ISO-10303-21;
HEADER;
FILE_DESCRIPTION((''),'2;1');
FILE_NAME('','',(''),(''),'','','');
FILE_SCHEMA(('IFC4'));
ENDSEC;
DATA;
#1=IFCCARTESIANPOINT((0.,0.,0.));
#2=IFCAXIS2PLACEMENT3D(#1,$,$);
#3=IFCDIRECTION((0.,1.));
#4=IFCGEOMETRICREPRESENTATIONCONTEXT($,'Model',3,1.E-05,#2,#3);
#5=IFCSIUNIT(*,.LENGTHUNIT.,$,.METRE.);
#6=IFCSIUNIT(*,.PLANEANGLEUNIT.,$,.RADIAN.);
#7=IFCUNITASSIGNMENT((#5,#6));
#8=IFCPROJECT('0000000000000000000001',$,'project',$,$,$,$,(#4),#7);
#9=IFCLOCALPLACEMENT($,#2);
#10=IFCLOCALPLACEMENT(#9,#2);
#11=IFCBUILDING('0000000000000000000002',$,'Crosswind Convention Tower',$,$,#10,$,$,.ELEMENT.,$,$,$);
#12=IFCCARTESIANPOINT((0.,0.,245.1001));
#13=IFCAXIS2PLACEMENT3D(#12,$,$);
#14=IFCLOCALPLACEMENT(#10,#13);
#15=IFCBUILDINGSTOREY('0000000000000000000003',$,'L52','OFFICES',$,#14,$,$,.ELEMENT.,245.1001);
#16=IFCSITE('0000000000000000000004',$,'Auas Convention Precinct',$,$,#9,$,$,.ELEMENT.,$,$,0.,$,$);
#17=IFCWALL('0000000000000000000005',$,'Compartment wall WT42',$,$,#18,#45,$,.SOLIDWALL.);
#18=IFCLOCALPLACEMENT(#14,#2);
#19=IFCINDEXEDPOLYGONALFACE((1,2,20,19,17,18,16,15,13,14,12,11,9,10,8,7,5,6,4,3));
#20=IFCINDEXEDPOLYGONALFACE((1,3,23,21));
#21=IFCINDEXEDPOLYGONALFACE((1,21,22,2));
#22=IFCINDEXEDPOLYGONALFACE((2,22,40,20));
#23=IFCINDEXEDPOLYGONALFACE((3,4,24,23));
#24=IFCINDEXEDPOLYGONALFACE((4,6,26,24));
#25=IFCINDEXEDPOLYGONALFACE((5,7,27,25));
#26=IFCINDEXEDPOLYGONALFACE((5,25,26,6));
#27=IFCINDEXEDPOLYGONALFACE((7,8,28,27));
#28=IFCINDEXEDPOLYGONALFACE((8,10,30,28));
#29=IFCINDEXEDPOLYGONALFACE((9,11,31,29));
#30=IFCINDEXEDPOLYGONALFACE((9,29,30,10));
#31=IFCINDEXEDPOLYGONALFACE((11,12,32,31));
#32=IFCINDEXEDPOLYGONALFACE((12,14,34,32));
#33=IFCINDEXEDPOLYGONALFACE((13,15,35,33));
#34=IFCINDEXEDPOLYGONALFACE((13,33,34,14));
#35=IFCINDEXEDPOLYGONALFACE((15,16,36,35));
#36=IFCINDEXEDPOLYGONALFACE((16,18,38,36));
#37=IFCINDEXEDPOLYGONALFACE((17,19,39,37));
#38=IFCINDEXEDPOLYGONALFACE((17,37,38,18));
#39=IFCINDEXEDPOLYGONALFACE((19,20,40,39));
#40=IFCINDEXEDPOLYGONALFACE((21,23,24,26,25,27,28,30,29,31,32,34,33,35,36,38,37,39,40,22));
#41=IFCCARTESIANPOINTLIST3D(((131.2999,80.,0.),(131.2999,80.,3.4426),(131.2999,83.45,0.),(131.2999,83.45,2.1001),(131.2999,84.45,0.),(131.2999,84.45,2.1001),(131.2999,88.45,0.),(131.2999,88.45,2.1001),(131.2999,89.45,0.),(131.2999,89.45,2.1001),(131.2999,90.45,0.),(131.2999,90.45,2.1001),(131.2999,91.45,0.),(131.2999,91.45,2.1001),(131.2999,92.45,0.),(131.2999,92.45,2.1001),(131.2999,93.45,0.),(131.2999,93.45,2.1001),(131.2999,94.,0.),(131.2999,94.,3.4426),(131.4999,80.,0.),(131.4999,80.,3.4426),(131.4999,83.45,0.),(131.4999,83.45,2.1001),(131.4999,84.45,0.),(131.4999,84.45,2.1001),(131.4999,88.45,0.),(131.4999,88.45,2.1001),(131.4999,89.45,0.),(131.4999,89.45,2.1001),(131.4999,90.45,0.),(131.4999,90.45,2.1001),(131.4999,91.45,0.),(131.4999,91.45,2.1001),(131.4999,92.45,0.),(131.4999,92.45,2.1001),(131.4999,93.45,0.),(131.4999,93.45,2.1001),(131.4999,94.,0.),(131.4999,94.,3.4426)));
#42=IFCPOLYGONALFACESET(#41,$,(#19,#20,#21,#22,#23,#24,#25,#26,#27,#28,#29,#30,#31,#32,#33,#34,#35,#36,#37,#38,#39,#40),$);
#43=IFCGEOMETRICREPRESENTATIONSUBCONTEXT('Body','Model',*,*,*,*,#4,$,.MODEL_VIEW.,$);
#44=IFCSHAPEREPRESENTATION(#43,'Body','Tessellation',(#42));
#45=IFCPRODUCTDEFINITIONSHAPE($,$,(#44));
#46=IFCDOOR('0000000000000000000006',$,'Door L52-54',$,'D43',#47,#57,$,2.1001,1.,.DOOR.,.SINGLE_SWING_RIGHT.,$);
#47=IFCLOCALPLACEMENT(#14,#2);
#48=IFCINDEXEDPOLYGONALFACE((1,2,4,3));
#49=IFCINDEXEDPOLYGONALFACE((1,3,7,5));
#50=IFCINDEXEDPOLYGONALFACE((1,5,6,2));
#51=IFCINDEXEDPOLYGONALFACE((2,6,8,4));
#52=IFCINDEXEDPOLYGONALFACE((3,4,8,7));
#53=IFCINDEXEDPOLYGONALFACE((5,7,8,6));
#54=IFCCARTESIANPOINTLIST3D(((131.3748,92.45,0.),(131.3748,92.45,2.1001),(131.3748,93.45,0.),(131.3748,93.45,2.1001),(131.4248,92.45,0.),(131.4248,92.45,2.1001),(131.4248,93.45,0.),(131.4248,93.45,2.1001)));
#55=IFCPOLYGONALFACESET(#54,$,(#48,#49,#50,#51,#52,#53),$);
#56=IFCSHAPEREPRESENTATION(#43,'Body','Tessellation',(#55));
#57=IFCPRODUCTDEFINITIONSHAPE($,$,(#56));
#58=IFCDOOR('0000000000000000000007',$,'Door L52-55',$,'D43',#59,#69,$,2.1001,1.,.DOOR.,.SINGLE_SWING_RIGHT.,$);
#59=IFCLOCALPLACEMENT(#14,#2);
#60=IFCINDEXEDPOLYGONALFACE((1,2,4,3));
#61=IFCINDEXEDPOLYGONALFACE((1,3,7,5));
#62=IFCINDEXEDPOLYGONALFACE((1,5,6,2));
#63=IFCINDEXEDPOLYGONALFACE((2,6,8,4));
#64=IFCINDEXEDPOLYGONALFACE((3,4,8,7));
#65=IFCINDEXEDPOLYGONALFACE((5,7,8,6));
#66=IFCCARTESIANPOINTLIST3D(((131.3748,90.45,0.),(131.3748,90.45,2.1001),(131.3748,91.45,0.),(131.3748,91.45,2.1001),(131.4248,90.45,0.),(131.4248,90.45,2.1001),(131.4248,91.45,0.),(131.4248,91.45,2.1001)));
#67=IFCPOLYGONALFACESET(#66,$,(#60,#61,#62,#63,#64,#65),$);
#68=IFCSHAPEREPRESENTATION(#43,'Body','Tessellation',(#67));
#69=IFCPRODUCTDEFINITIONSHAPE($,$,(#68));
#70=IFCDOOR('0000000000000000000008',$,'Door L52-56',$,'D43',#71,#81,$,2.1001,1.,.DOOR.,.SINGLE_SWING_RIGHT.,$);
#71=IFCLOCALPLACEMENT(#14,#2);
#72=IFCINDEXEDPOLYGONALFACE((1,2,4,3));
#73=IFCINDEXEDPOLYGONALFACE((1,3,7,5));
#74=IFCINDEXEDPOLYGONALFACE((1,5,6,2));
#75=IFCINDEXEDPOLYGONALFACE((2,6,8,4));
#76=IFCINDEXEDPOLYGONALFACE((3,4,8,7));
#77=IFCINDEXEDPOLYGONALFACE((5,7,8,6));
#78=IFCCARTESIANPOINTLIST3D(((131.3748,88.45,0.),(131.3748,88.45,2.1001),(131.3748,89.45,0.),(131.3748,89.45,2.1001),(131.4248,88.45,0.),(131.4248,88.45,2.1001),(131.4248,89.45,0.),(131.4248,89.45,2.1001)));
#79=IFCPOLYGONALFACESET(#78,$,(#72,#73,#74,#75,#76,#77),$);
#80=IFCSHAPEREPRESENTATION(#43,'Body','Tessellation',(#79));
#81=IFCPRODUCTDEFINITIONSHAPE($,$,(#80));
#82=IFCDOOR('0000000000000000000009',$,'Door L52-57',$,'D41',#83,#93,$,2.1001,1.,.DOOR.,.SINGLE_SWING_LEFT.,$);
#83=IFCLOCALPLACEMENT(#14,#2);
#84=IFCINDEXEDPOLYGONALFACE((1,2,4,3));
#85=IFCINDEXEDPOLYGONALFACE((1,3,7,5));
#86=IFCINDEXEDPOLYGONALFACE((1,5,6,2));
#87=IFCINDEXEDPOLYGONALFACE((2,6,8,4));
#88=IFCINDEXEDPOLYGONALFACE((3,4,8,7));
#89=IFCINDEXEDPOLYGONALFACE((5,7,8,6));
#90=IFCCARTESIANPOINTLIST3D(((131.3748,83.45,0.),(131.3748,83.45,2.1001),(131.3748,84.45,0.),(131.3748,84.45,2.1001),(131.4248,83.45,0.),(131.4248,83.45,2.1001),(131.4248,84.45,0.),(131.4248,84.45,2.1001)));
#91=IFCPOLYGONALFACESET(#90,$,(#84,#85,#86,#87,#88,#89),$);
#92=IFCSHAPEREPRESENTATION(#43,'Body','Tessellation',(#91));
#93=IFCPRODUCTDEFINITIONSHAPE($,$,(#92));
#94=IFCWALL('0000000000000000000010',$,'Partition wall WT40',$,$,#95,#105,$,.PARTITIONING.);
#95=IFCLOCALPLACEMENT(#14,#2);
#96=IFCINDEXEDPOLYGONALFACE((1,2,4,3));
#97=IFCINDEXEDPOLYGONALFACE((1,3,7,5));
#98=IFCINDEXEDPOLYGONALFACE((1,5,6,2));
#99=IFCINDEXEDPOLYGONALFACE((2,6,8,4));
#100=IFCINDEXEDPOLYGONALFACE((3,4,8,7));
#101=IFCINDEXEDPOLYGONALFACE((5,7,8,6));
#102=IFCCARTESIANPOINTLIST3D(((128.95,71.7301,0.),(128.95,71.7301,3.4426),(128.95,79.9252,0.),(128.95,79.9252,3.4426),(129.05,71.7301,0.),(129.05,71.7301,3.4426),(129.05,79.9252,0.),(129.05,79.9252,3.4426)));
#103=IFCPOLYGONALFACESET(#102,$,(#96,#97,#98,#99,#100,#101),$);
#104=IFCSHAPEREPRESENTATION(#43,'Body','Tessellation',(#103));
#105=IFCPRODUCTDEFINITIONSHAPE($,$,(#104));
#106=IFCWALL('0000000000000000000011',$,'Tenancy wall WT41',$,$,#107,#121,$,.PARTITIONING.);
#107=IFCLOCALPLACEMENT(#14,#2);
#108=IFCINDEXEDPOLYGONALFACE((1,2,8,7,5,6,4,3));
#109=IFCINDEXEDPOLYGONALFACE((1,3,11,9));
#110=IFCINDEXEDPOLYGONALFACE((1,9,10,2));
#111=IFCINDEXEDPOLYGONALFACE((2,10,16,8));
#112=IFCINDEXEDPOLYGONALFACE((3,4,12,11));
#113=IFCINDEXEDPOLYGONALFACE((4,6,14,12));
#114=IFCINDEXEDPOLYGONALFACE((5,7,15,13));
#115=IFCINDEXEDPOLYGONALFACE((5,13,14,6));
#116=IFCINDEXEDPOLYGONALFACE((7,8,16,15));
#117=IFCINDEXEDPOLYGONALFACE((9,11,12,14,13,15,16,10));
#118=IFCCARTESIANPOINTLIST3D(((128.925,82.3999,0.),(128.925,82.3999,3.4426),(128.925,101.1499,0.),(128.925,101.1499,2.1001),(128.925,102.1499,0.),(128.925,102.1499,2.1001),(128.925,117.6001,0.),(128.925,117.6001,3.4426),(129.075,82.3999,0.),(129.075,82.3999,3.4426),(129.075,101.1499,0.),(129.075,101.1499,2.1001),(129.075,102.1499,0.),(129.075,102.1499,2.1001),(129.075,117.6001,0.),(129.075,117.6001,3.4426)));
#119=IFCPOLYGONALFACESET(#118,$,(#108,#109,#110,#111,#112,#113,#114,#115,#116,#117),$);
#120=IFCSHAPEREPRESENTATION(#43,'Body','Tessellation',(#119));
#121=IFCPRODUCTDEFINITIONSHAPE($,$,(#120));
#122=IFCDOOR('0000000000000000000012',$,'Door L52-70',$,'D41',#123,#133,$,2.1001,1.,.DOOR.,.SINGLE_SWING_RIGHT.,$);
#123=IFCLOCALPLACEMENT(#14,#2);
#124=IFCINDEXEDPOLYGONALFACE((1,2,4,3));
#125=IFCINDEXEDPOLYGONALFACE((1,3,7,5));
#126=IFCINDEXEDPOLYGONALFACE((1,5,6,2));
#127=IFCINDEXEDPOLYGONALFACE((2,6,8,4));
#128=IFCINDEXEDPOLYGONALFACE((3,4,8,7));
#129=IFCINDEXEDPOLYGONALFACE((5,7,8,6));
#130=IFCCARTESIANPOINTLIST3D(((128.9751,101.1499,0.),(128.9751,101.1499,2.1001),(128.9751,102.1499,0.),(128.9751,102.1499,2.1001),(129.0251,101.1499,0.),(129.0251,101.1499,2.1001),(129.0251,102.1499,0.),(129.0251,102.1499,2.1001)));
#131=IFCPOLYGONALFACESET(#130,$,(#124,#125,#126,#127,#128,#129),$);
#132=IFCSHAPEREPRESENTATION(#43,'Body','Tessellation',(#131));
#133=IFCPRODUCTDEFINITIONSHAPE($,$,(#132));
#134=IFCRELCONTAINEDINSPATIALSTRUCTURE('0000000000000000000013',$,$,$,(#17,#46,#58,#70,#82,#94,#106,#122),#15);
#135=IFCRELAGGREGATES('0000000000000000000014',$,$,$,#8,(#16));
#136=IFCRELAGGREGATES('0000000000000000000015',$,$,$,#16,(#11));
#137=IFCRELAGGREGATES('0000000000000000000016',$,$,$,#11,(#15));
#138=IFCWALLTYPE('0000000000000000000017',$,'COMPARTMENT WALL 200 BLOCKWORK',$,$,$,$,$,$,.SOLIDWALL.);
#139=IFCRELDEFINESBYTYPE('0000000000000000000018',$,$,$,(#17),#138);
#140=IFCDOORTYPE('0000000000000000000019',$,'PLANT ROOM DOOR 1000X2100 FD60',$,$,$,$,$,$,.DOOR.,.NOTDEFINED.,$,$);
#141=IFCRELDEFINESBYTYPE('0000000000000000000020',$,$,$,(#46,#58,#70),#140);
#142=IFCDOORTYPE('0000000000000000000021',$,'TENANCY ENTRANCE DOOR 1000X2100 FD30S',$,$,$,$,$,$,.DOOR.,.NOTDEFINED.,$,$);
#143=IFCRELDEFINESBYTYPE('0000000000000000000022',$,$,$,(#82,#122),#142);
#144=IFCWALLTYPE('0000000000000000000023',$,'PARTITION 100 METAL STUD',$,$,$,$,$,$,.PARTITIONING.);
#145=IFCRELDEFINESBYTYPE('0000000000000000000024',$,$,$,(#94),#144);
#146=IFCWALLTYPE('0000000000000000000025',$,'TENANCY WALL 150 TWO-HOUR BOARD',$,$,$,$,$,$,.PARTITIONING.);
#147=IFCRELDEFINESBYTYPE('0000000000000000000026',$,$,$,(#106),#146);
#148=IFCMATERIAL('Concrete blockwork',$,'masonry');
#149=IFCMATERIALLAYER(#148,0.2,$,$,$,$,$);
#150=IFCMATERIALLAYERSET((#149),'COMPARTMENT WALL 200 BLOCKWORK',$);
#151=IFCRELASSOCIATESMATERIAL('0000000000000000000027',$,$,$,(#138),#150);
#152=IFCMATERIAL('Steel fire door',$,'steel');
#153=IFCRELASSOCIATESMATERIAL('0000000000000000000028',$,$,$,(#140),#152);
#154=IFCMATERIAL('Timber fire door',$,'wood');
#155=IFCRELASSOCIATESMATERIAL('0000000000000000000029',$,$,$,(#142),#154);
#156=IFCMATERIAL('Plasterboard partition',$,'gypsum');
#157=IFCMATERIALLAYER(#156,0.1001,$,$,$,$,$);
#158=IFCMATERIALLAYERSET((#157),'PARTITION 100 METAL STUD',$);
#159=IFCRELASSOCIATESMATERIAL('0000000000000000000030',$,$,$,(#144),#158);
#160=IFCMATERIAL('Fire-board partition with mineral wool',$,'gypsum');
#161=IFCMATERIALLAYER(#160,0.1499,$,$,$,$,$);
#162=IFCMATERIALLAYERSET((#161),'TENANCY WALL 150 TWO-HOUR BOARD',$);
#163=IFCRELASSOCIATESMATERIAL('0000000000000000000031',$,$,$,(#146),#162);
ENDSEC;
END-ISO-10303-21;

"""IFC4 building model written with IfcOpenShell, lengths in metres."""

from ifc_helpers import new_model, si_unit, direction, frame, frame_2d, origin, place, context, subcontext, project, spatial, rectangle, extrude, material, layer, layer_set, type_object, element, fill, save


model = new_model("IFC4")

# Units and contexts
model_context = context("Model", 3, precision=1e-05, world=origin(), true_north=direction((0.0, 1.0)))
body_context = subcontext(model_context, "Body", "Model", "MODEL_VIEW")
ifc_project = project(units=[si_unit("LENGTHUNIT", "METRE"), si_unit("PLANEANGLEUNIT", "RADIAN")], contexts=[model_context])

# Site, building, storey
site_placement = place(None, origin())
site = spatial("IfcSite", under=ifc_project, at=site_placement, Name="Auas Convention Precinct", CompositionType="ELEMENT", RefElevation=0.0)
building_placement = place(site_placement, origin())
building = spatial("IfcBuilding", under=site, at=building_placement, Name="Crosswind Convention Tower", CompositionType="ELEMENT")
storey_placement = place(building_placement, frame((0.0, 0.0, 245.1001)))
storey = spatial("IfcBuildingStorey", under=building, at=storey_placement, Name="L52", Description="OFFICES", CompositionType="ELEMENT", Elevation=245.1001)

# Wall, openings, doors
ifc_material_1 = material(Name="Concrete blockwork", Category="masonry")
ifc_layer_1 = layer(ifc_material_1, 0.2)
ifc_layer_set_1 = layer_set([ifc_layer_1], Name="COMPARTMENT WALL 200 BLOCKWORK")
wall_type_1 = type_object("IfcWallType", Name="COMPARTMENT WALL 200 BLOCKWORK", PredefinedType="SOLIDWALL", material=ifc_layer_set_1)
wall_1_placement = place(storey_placement, frame((131.3999, 80.0, 0.0), z_axis=(0.0, 0.0, 1.0), x_axis=(0.0, 1.0, 0.0)))
wall_1 = element("IfcWall", 1, at=wall_1_placement, inside=storey, type_object=wall_type_1, Name="Compartment wall WT42", PredefinedType="SOLIDWALL", context=body_context, shape_type="SweptSolid", body=[
    extrude(rectangle(XDim=14.0, YDim=0.2, at=frame_2d((7.0, 0.0))), origin(), (0.0, 0.0, 1.0), 3.4426),
])
opening_1_placement = place(wall_1_placement, frame((12.45, 0.0, 0.0)))
opening_1 = element("IfcOpeningElement", 2, at=opening_1_placement, cuts=wall_1, PredefinedType="OPENING", context=body_context, shape_type="SweptSolid", body=[
    extrude(rectangle(XDim=1.0, YDim=2.1001, at=frame_2d((0.5, 1.05))), frame((0.0, 0.1099, 0.0), z_axis=(0.0, -1.0, 0.0), x_axis=(1.0, 0.0, 0.0)), (0.0, 0.0, 1.0), 0.22),
])
opening_2_placement = place(wall_1_placement, frame((10.45, 0.0, 0.0)))
opening_2 = element("IfcOpeningElement", 3, at=opening_2_placement, cuts=wall_1, PredefinedType="OPENING", context=body_context, shape_type="SweptSolid", body=[
    extrude(rectangle(XDim=1.0, YDim=2.1001, at=frame_2d((0.5, 1.05))), frame((0.0, 0.1099, 0.0), z_axis=(0.0, -1.0, 0.0), x_axis=(1.0, 0.0, 0.0)), (0.0, 0.0, 1.0), 0.22),
])
opening_3_placement = place(wall_1_placement, frame((8.45, 0.0, 0.0)))
opening_3 = element("IfcOpeningElement", 4, at=opening_3_placement, cuts=wall_1, PredefinedType="OPENING", context=body_context, shape_type="SweptSolid", body=[
    extrude(rectangle(XDim=1.0, YDim=2.1001, at=frame_2d((0.5, 1.05))), frame((0.0, 0.1099, 0.0), z_axis=(0.0, -1.0, 0.0), x_axis=(1.0, 0.0, 0.0)), (0.0, 0.0, 1.0), 0.22),
])
opening_4_placement = place(wall_1_placement, frame((3.45, 0.0, 0.0)))
opening_4 = element("IfcOpeningElement", 5, at=opening_4_placement, cuts=wall_1, PredefinedType="OPENING", context=body_context, shape_type="SweptSolid", body=[
    extrude(rectangle(XDim=1.0, YDim=2.1001, at=frame_2d((0.5, 1.05))), frame((0.0, 0.1099, 0.0), z_axis=(0.0, -1.0, 0.0), x_axis=(1.0, 0.0, 0.0)), (0.0, 0.0, 1.0), 0.22),
])
ifc_material_2 = material(Name="Steel fire door", Category="steel")
door_type_1 = type_object("IfcDoorType", Name="PLANT ROOM DOOR 1000X2100 FD60", OperationType="NOTDEFINED", PredefinedType="DOOR", material=ifc_material_2)
door_1_placement = place(opening_1_placement, frame((1.0, 0.0, 0.0), z_axis=(0.0, 0.0, 1.0), x_axis=(-1.0, 0.0, 0.0)))
door_1 = element("IfcDoor", 6, at=door_1_placement, inside=storey, type_object=door_type_1, Name="Door L52-54", ObjectType="D43", OperationType="SINGLE_SWING_RIGHT", OverallHeight=2.1001, OverallWidth=1.0, PredefinedType="DOOR", context=body_context, shape_type="SweptSolid", body=[
    extrude(rectangle(XDim=1.0, YDim=2.1001, at=frame_2d((0.5, 1.05))), frame((0.0, 0.0249, 0.0), z_axis=(0.0, -1.0, 0.0), x_axis=(1.0, 0.0, 0.0)), (0.0, 0.0, 1.0), 0.05),
])
fill(opening_1, door_1)
door_2_placement = place(opening_2_placement, frame((1.0, 0.0, 0.0), z_axis=(0.0, 0.0, 1.0), x_axis=(-1.0, 0.0, 0.0)))
door_2 = element("IfcDoor", 7, at=door_2_placement, inside=storey, type_object=door_type_1, Name="Door L52-55", ObjectType="D43", OperationType="SINGLE_SWING_RIGHT", OverallHeight=2.1001, OverallWidth=1.0, PredefinedType="DOOR", context=body_context, shape_type="SweptSolid", body=[
    extrude(rectangle(XDim=1.0, YDim=2.1001, at=frame_2d((0.5, 1.05))), frame((0.0, 0.0249, 0.0), z_axis=(0.0, -1.0, 0.0), x_axis=(1.0, 0.0, 0.0)), (0.0, 0.0, 1.0), 0.05),
])
fill(opening_2, door_2)
door_3_placement = place(opening_3_placement, frame((1.0, 0.0, 0.0), z_axis=(0.0, 0.0, 1.0), x_axis=(-1.0, 0.0, 0.0)))
door_3 = element("IfcDoor", 8, at=door_3_placement, inside=storey, type_object=door_type_1, Name="Door L52-56", ObjectType="D43", OperationType="SINGLE_SWING_RIGHT", OverallHeight=2.1001, OverallWidth=1.0, PredefinedType="DOOR", context=body_context, shape_type="SweptSolid", body=[
    extrude(rectangle(XDim=1.0, YDim=2.1001, at=frame_2d((0.5, 1.05))), frame((0.0, 0.0249, 0.0), z_axis=(0.0, -1.0, 0.0), x_axis=(1.0, 0.0, 0.0)), (0.0, 0.0, 1.0), 0.05),
])
fill(opening_3, door_3)
ifc_material_3 = material(Name="Timber fire door", Category="wood")
door_type_2 = type_object("IfcDoorType", Name="TENANCY ENTRANCE DOOR 1000X2100 FD30S", OperationType="NOTDEFINED", PredefinedType="DOOR", material=ifc_material_3)
door_4_placement = place(opening_4_placement, frame((1.0, 0.0, 0.0), z_axis=(0.0, 0.0, 1.0), x_axis=(-1.0, 0.0, 0.0)))
door_4 = element("IfcDoor", 9, at=door_4_placement, inside=storey, type_object=door_type_2, Name="Door L52-57", ObjectType="D41", OperationType="SINGLE_SWING_LEFT", OverallHeight=2.1001, OverallWidth=1.0, PredefinedType="DOOR", context=body_context, shape_type="SweptSolid", body=[
    extrude(rectangle(XDim=1.0, YDim=2.1001, at=frame_2d((0.5, 1.05))), frame((0.0, 0.0249, 0.0), z_axis=(0.0, -1.0, 0.0), x_axis=(1.0, 0.0, 0.0)), (0.0, 0.0, 1.0), 0.05),
])
fill(opening_4, door_4)

# Wall
ifc_material_4 = material(Name="Plasterboard partition", Category="gypsum")
ifc_layer_2 = layer(ifc_material_4, 0.1001)
ifc_layer_set_2 = layer_set([ifc_layer_2], Name="PARTITION 100 METAL STUD")
wall_type_2 = type_object("IfcWallType", Name="PARTITION 100 METAL STUD", PredefinedType="PARTITIONING", material=ifc_layer_set_2)
wall_2_placement = place(storey_placement, frame((129.0, 71.73, 0.0), z_axis=(0.0, 0.0, 1.0), x_axis=(0.0, 1.0, 0.0)))
element("IfcWall", 10, at=wall_2_placement, inside=storey, type_object=wall_type_2, Name="Partition wall WT40", PredefinedType="PARTITIONING", context=body_context, shape_type="SweptSolid", body=[
    extrude(rectangle(XDim=8.1951, YDim=0.1001, at=frame_2d((4.0977, 0.0))), origin(), (0.0, 0.0, 1.0), 3.4426),
])

# Wall, opening, door
ifc_material_5 = material(Name="Fire-board partition with mineral wool", Category="gypsum")
ifc_layer_3 = layer(ifc_material_5, 0.1499)
ifc_layer_set_3 = layer_set([ifc_layer_3], Name="TENANCY WALL 150 TWO-HOUR BOARD")
wall_type_3 = type_object("IfcWallType", Name="TENANCY WALL 150 TWO-HOUR BOARD", PredefinedType="PARTITIONING", material=ifc_layer_set_3)
wall_3_placement = place(storey_placement, frame((129.0, 82.3999, 0.0), z_axis=(0.0, 0.0, 1.0), x_axis=(0.0, 1.0, 0.0)))
wall_3 = element("IfcWall", 11, at=wall_3_placement, inside=storey, type_object=wall_type_3, Name="Tenancy wall WT41", PredefinedType="PARTITIONING", context=body_context, shape_type="SweptSolid", body=[
    extrude(rectangle(XDim=35.2002, YDim=0.1499, at=frame_2d((17.6001, 0.0))), origin(), (0.0, 0.0, 1.0), 3.4426),
])
opening_5_placement = place(wall_3_placement, frame((18.75, 0.0, 0.0)))
opening_5 = element("IfcOpeningElement", 12, at=opening_5_placement, cuts=wall_3, PredefinedType="OPENING", context=body_context, shape_type="SweptSolid", body=[
    extrude(rectangle(XDim=1.0, YDim=2.1001, at=frame_2d((0.5, 1.05))), frame((0.0, 0.085, 0.0), z_axis=(0.0, -1.0, 0.0), x_axis=(1.0, 0.0, 0.0)), (0.0, 0.0, 1.0), 0.1699),
])
door_5_placement = place(opening_5_placement, origin())
door_5 = element("IfcDoor", 13, at=door_5_placement, inside=storey, type_object=door_type_2, Name="Door L52-70", ObjectType="D41", OperationType="SINGLE_SWING_RIGHT", OverallHeight=2.1001, OverallWidth=1.0, PredefinedType="DOOR", context=body_context, shape_type="SweptSolid", body=[
    extrude(rectangle(XDim=1.0, YDim=2.1001, at=frame_2d((0.5, 1.05))), frame((0.0, 0.0249, 0.0), z_axis=(0.0, -1.0, 0.0), x_axis=(1.0, 0.0, 0.0)), (0.0, 0.0, 1.0), 0.05),
])
fill(opening_5, door_5)

save(model, "model.ifc")
